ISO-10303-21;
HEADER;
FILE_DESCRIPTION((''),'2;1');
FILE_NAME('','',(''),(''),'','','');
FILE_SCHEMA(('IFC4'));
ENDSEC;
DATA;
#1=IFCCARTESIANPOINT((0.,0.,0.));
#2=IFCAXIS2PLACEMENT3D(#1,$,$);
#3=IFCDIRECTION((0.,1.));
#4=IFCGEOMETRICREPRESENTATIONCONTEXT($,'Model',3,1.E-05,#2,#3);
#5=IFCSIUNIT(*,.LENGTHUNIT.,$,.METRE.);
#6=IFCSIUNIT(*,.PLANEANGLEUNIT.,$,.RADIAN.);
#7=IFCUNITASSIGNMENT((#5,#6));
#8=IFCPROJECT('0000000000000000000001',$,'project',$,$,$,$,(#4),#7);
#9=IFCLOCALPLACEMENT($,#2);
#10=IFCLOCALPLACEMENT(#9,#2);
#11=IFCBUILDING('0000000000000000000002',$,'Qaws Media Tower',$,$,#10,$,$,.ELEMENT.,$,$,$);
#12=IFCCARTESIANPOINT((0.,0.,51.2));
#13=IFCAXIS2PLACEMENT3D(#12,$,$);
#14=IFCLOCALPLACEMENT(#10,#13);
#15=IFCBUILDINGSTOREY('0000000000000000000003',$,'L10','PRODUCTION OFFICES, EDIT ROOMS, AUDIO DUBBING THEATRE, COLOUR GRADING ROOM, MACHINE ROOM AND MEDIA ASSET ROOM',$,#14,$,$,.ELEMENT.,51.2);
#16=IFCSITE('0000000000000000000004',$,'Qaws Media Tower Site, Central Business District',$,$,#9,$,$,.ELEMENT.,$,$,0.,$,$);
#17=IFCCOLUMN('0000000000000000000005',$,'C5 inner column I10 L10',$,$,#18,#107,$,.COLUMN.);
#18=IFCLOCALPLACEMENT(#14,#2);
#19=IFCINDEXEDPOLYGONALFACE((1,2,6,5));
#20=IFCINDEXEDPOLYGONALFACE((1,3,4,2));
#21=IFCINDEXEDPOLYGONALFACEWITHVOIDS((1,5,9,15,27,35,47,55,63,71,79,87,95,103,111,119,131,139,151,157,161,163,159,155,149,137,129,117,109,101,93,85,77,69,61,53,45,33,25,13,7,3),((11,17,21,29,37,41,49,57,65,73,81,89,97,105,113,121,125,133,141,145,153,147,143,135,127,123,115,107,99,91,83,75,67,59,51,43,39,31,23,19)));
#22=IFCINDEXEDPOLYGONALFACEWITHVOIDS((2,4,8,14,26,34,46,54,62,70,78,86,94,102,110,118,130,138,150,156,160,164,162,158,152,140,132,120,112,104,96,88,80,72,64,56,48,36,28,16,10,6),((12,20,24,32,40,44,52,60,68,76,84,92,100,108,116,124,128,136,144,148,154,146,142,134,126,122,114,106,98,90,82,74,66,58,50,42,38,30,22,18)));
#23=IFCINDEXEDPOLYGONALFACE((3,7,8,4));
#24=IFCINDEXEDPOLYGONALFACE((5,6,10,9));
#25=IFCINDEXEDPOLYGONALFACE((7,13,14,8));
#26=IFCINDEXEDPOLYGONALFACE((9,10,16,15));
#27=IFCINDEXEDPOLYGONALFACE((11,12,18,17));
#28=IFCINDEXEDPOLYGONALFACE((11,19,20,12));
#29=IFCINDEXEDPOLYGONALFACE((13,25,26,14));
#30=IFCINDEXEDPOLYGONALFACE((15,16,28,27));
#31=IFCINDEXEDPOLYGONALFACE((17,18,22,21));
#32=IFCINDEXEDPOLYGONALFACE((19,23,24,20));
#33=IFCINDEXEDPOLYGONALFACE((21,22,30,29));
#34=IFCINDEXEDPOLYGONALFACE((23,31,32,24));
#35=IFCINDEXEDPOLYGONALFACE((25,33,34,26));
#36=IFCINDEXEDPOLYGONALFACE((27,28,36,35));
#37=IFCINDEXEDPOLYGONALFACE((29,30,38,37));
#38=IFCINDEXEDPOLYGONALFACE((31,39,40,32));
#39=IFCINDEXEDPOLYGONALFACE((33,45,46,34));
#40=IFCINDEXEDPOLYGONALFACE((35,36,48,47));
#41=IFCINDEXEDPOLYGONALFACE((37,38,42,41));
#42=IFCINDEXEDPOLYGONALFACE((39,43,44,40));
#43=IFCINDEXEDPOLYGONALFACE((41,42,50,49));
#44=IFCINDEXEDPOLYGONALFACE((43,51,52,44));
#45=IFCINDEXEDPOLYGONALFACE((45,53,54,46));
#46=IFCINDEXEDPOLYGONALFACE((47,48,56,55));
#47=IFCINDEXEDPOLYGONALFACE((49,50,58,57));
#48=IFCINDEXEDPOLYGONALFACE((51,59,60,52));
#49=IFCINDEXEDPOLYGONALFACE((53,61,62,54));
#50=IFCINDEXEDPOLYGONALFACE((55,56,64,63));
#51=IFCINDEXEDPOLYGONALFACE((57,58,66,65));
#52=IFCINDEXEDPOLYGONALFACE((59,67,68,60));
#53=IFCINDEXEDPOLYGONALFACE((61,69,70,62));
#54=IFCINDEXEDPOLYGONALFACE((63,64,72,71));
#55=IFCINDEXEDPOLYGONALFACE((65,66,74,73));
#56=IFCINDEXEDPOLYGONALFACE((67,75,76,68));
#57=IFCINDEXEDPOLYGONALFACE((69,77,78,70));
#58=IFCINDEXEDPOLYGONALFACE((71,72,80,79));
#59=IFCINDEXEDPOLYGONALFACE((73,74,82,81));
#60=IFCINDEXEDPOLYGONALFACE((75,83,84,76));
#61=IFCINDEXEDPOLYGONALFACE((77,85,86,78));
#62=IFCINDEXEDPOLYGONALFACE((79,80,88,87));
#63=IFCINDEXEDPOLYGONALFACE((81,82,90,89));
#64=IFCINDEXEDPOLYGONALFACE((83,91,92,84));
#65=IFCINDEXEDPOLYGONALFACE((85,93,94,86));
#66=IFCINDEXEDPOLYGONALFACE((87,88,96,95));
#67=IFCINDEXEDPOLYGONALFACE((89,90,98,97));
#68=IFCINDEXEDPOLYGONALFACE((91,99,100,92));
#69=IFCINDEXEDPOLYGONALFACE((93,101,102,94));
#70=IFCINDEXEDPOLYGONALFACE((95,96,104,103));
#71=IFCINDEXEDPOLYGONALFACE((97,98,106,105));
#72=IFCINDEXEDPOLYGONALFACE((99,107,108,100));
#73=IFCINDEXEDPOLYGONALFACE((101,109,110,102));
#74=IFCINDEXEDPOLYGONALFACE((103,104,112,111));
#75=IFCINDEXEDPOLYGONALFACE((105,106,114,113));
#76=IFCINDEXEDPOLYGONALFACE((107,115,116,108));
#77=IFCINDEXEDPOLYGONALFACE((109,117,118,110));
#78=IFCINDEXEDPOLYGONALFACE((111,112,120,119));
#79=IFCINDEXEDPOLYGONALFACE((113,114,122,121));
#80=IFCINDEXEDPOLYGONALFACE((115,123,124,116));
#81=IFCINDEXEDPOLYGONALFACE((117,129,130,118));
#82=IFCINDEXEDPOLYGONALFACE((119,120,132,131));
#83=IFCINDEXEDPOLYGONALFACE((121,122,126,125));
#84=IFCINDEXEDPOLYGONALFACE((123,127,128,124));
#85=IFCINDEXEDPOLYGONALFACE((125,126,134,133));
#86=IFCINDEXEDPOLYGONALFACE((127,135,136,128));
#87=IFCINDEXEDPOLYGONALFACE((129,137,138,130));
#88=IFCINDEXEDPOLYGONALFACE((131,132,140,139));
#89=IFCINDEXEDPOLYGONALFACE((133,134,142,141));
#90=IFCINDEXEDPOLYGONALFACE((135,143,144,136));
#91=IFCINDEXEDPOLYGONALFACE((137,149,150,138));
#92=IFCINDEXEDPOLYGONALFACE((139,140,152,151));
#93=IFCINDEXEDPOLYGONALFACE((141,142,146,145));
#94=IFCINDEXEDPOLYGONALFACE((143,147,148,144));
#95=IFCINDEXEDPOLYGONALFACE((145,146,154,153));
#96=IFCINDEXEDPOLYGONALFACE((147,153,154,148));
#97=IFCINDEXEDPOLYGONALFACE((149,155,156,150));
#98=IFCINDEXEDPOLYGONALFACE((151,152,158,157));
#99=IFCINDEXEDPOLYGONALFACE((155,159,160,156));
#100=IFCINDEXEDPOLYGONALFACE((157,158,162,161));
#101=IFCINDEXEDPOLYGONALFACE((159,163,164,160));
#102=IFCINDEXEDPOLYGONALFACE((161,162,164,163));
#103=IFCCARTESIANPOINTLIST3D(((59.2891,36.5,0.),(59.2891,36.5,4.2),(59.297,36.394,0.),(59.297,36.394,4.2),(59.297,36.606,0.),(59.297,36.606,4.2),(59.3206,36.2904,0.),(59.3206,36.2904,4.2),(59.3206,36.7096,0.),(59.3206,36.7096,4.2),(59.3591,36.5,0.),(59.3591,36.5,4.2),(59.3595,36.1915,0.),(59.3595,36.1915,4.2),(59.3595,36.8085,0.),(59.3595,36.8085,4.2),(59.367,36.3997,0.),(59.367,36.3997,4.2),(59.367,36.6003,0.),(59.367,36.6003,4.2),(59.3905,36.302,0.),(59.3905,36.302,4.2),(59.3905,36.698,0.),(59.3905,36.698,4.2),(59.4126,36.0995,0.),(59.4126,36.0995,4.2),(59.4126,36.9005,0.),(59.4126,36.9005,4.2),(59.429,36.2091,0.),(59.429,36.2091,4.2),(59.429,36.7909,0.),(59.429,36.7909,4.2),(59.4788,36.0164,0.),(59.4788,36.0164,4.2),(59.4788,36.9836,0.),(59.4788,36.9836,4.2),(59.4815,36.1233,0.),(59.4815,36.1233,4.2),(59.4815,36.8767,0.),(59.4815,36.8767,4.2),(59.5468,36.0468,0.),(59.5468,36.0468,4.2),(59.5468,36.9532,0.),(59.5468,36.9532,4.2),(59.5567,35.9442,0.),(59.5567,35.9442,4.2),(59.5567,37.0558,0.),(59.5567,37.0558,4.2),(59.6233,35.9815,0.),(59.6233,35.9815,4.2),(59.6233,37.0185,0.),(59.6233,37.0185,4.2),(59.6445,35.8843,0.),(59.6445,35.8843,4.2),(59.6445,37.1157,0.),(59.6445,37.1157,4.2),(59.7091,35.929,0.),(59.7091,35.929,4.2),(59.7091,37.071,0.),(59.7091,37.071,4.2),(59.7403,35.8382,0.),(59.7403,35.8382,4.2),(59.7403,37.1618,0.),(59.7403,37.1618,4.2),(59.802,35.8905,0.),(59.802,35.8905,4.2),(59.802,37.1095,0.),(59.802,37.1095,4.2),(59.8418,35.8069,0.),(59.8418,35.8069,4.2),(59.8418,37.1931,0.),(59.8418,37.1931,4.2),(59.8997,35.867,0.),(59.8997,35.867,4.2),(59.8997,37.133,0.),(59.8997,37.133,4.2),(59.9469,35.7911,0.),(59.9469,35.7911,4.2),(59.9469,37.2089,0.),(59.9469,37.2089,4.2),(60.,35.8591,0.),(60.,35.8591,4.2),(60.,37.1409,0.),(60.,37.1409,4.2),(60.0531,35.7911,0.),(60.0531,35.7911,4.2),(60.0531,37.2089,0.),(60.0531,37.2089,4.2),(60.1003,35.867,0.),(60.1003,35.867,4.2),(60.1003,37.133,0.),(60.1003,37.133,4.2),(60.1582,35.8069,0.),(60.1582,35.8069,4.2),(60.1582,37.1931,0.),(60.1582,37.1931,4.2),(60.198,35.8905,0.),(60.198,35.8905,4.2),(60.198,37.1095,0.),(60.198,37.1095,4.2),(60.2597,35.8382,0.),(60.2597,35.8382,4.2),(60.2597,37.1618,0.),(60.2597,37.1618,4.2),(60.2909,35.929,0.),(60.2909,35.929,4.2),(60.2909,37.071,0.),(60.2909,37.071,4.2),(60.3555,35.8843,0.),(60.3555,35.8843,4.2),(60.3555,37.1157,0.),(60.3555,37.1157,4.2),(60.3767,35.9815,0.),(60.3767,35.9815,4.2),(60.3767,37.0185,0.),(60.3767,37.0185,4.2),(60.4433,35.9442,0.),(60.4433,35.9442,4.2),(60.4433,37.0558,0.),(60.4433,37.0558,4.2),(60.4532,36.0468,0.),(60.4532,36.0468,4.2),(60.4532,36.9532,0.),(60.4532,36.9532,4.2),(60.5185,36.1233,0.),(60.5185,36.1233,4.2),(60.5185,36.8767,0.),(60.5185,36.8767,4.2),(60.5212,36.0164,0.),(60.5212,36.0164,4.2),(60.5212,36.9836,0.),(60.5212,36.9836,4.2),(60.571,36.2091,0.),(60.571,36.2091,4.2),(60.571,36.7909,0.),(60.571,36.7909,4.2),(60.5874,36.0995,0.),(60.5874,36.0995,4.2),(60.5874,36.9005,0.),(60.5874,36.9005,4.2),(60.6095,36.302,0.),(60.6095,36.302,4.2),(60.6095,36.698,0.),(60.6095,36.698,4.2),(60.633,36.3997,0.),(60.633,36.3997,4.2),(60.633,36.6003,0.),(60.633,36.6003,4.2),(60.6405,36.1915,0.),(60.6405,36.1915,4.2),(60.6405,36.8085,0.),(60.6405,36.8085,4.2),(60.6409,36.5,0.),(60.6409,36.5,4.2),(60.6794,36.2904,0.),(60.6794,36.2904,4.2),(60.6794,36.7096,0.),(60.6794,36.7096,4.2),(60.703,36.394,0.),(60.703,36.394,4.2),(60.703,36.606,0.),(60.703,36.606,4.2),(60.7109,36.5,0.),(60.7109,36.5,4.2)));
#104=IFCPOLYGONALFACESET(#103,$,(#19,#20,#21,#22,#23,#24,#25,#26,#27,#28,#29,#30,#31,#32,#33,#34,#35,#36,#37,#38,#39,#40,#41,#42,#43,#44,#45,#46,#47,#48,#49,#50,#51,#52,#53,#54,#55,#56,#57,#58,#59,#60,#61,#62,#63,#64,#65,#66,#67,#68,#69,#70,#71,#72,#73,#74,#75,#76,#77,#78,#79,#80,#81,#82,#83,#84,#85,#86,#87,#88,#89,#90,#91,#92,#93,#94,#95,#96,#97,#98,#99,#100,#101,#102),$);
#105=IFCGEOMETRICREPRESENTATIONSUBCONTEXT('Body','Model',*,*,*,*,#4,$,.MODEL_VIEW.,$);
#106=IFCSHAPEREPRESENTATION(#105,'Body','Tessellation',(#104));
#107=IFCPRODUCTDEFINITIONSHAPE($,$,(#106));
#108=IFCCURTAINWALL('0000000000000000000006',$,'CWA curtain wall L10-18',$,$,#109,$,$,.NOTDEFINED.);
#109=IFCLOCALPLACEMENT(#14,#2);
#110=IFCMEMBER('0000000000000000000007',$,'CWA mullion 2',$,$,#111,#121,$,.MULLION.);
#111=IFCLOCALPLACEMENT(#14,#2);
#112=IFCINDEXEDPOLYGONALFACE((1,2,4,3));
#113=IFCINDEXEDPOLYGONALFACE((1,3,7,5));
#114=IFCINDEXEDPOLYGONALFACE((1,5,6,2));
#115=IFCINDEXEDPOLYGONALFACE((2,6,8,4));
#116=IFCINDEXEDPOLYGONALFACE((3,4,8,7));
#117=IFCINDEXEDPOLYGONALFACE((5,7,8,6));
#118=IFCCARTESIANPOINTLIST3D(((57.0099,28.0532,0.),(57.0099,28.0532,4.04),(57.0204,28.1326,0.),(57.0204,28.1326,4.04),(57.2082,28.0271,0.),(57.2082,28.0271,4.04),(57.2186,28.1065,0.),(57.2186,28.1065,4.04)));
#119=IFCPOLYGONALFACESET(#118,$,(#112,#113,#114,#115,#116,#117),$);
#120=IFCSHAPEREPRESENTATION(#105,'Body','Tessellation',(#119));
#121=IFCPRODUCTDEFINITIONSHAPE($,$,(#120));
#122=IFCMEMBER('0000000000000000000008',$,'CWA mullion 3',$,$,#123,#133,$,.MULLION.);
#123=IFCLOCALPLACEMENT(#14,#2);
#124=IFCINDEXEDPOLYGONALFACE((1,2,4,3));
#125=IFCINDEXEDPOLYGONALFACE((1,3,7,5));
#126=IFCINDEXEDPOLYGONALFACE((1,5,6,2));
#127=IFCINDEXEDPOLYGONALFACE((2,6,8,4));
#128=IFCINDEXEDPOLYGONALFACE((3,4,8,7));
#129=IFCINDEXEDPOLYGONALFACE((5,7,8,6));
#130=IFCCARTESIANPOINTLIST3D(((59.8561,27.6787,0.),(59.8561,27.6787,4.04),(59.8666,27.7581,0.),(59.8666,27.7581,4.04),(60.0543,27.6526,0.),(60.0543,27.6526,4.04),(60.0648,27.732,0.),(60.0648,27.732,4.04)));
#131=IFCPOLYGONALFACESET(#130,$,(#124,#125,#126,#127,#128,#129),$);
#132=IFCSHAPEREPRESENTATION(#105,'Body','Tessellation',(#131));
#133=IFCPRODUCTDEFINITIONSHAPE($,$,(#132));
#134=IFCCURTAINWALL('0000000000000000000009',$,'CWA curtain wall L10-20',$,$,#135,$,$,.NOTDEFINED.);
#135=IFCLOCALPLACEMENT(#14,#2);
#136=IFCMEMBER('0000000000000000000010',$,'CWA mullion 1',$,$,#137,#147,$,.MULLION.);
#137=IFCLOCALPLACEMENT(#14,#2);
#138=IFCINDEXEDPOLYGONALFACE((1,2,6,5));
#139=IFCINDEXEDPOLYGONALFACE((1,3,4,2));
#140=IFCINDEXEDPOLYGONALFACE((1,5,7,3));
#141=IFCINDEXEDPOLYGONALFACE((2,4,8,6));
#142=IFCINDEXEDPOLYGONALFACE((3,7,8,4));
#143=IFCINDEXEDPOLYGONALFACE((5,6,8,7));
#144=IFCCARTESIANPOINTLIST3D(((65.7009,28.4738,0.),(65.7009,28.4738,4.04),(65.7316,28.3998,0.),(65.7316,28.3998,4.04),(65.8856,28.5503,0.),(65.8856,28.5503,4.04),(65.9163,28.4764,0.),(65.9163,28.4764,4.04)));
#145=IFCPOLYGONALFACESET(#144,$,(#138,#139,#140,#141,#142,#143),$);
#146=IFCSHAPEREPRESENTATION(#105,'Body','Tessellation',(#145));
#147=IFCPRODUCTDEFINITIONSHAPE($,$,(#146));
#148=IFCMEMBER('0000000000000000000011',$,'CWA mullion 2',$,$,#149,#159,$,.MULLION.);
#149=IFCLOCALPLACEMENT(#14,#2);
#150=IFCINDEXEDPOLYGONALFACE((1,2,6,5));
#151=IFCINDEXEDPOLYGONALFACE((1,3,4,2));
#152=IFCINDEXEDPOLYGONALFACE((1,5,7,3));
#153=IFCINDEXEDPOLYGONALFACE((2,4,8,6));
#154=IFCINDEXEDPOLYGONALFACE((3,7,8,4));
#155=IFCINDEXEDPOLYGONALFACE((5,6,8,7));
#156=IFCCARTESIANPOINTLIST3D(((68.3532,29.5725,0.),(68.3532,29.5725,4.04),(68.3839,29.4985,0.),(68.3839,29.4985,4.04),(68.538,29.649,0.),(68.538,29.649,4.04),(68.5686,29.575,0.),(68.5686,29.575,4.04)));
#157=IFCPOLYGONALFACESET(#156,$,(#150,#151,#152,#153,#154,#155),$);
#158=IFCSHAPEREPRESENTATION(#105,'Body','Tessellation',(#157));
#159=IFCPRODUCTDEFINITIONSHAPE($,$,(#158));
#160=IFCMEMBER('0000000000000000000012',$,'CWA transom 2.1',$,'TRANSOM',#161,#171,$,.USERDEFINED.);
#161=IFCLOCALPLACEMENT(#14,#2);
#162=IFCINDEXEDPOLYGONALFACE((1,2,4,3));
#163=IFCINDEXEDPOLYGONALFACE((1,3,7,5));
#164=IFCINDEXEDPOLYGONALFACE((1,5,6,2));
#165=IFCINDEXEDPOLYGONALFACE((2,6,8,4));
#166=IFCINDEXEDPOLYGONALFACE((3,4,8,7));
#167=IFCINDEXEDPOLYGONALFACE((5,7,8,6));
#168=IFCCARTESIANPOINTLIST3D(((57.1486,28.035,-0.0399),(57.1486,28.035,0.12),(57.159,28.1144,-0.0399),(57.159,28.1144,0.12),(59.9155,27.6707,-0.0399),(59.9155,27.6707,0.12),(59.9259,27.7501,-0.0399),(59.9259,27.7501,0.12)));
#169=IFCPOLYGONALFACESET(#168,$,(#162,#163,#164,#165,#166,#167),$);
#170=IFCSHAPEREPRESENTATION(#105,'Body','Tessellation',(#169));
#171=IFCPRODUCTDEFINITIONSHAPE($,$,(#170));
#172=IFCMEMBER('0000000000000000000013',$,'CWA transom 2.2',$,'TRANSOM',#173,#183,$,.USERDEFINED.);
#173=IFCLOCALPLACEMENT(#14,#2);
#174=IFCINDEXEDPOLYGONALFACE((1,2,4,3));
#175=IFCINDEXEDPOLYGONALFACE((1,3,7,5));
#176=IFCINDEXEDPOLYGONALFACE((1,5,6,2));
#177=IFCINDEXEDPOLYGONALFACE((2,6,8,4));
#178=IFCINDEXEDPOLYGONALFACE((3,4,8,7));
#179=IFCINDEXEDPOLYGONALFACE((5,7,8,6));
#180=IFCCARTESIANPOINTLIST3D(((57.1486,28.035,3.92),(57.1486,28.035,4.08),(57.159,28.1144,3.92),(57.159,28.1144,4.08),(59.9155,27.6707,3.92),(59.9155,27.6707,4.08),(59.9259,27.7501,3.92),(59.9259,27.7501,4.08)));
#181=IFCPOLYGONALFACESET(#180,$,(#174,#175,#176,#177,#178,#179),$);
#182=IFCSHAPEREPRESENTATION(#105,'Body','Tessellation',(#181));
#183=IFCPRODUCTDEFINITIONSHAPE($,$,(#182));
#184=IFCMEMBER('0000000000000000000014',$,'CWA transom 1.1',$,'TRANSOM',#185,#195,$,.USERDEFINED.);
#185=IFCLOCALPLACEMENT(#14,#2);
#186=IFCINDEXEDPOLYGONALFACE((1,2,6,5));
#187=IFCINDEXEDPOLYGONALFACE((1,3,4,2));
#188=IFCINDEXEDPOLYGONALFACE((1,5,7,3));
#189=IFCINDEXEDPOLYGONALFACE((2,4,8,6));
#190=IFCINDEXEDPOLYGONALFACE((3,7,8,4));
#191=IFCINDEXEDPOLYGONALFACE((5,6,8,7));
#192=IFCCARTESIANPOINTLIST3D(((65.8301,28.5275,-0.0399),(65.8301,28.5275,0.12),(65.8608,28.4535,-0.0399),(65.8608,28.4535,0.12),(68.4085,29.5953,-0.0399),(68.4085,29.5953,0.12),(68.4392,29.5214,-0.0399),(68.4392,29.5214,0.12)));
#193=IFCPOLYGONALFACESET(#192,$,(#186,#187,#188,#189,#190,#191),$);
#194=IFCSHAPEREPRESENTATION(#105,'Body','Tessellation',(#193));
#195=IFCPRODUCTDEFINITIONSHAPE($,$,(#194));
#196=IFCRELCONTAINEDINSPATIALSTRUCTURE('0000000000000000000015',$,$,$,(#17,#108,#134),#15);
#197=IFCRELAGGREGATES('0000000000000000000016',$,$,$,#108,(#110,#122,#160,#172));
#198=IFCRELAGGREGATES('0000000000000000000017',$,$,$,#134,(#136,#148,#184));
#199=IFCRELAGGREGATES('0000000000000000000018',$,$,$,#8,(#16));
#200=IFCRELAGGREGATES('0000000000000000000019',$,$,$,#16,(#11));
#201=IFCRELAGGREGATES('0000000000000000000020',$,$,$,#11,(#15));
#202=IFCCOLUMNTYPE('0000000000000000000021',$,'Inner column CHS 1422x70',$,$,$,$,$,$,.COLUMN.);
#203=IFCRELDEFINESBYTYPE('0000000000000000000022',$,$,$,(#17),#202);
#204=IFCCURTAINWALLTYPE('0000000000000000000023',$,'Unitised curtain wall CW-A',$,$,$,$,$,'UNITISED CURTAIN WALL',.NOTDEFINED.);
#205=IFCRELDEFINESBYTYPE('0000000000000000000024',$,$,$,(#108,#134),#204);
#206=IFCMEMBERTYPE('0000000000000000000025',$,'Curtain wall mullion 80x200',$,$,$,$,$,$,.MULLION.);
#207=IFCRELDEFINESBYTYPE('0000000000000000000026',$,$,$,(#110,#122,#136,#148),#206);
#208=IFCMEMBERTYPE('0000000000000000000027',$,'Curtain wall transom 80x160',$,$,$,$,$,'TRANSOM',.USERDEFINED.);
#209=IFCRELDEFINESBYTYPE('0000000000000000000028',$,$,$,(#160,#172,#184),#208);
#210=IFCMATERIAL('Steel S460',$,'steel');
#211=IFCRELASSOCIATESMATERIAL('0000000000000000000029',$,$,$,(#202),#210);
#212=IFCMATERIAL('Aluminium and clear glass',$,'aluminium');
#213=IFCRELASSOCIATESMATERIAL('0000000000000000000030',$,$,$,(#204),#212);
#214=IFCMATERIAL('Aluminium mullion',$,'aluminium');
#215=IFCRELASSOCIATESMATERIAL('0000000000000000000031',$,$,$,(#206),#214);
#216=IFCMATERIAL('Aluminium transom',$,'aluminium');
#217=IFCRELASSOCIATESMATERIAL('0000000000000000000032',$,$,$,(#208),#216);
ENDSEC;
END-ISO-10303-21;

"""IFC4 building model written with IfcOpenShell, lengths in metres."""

from ifc_helpers import new_model, si_unit, direction, frame, origin, origin_2d, place, context, subcontext, project, spatial, rectangle, hollow_circle, extrude, material, material_profile, profile_set, type_object, element, aggregate, save


model = new_model("IFC4")

# Units and contexts
model_context = context("Model", 3, precision=1e-05, world=origin(), true_north=direction((0.0, 1.0)))
body_context = subcontext(model_context, "Body", "Model", "MODEL_VIEW")
ifc_project = project(units=[si_unit("LENGTHUNIT", "METRE"), si_unit("PLANEANGLEUNIT", "RADIAN")], contexts=[model_context])

# Site, building, storey
site_placement = place(None, origin())
site = spatial("IfcSite", under=ifc_project, at=site_placement, Name="Qaws Media Tower Site, Central Business District", CompositionType="ELEMENT", RefElevation=0.0)
building_placement = place(site_placement, origin())
building = spatial("IfcBuilding", under=site, at=building_placement, Name="Qaws Media Tower", CompositionType="ELEMENT")
storey_placement = place(building_placement, frame((0.0, 0.0, 51.2)))
storey = spatial("IfcBuildingStorey", under=building, at=storey_placement, Name="L10", Description="PRODUCTION OFFICES, EDIT ROOMS, AUDIO DUBBING THEATRE, COLOUR GRADING ROOM, MACHINE ROOM AND MEDIA ASSET ROOM", CompositionType="ELEMENT", Elevation=51.2)

# Column
ifc_material_1 = material(Name="Steel S460", Category="steel")
ifc_material_profile_1 = material_profile(ifc_material_1, hollow_circle(Radius=0.7109, WallThickness=0.0701, at=origin_2d()), Name="CHS 1422x70")
ifc_profile_set_1 = profile_set([ifc_material_profile_1], Name="Steel S460")
column_type = type_object("IfcColumnType", Name="Inner column CHS 1422x70", PredefinedType="COLUMN", material=ifc_profile_set_1)
column_placement = place(storey_placement, frame((60.0, 36.5, 0.0), z_axis=(0.0, 0.0, 1.0), x_axis=(1.0, 0.0, 0.0)))
element("IfcColumn", 1, at=column_placement, inside=storey, type_object=column_type, Name="C5 inner column I10 L10", PredefinedType="COLUMN", context=body_context, shape_type="SweptSolid", body=[
    extrude(hollow_circle(Radius=0.7109, WallThickness=0.0701, at=origin_2d()), origin(), (0.0, 0.0, 1.0), 4.2),
])

# Curtain walls, members
ifc_material_2 = material(Name="Aluminium and clear glass", Category="aluminium")
curtain_wall_type = type_object("IfcCurtainWallType", Name="Unitised curtain wall CW-A", ElementType="UNITISED CURTAIN WALL", PredefinedType="NOTDEFINED", material=ifc_material_2)
curtain_wall_1_placement = place(storey_placement, origin())
curtain_wall_1 = element("IfcCurtainWall", 2, at=curtain_wall_1_placement, inside=storey, type_object=curtain_wall_type, Name="CWA curtain wall L10-18", PredefinedType="NOTDEFINED")
ifc_material_3 = material(Name="Aluminium mullion", Category="aluminium")
ifc_material_profile_2 = material_profile(ifc_material_3, rectangle(XDim=0.0801, YDim=0.2, at=origin_2d()), Name="80x200")
ifc_profile_set_2 = profile_set([ifc_material_profile_2], Name="Aluminium mullion")
member_type_1 = type_object("IfcMemberType", Name="Curtain wall mullion 80x200", PredefinedType="MULLION", material=ifc_profile_set_2)
member_1_placement = place(storey_placement, frame((57.1143, 28.0798, 0.0), z_axis=(0.0, 0.0, 1.0), x_axis=(0.130526, 0.991445, 0.0)))
member_1 = element("IfcMember", 3, at=member_1_placement, type_object=member_type_1, Name="CWA mullion 2", PredefinedType="MULLION", context=body_context, shape_type="SweptSolid", body=[
    extrude(rectangle(XDim=0.0801, YDim=0.2, at=origin_2d()), origin(), (0.0, 0.0, 1.0), 4.04),
])
member_2_placement = place(storey_placement, frame((59.9604, 27.7053, 0.0), z_axis=(0.0, 0.0, 1.0), x_axis=(0.130526, 0.991445, 0.0)))
member_2 = element("IfcMember", 4, at=member_2_placement, type_object=member_type_1, Name="CWA mullion 3", PredefinedType="MULLION", context=body_context, shape_type="SweptSolid", body=[
    extrude(rectangle(XDim=0.0801, YDim=0.2, at=origin_2d()), origin(), (0.0, 0.0, 1.0), 4.04),
])
curtain_wall_2_placement = place(storey_placement, origin())
curtain_wall_2 = element("IfcCurtainWall", 5, at=curtain_wall_2_placement, inside=storey, type_object=curtain_wall_type, Name="CWA curtain wall L10-20", PredefinedType="NOTDEFINED")
member_3_placement = place(storey_placement, frame((65.8086, 28.4751, 0.0), z_axis=(0.0, 0.0, 1.0), x_axis=(-0.382683, 0.92388, 0.0)))
member_3 = element("IfcMember", 6, at=member_3_placement, type_object=member_type_1, Name="CWA mullion 1", PredefinedType="MULLION", context=body_context, shape_type="SweptSolid", body=[
    extrude(rectangle(XDim=0.0801, YDim=0.2, at=origin_2d()), origin(), (0.0, 0.0, 1.0), 4.04),
])
member_4_placement = place(storey_placement, frame((68.4609, 29.5737, 0.0), z_axis=(0.0, 0.0, 1.0), x_axis=(-0.382683, 0.92388, 0.0)))
member_4 = element("IfcMember", 7, at=member_4_placement, type_object=member_type_1, Name="CWA mullion 2", PredefinedType="MULLION", context=body_context, shape_type="SweptSolid", body=[
    extrude(rectangle(XDim=0.0801, YDim=0.2, at=origin_2d()), origin(), (0.0, 0.0, 1.0), 4.04),
])

# Members
ifc_material_4 = material(Name="Aluminium transom", Category="aluminium")
ifc_material_profile_3 = material_profile(ifc_material_4, rectangle(XDim=0.0801, YDim=0.1599, at=origin_2d()), Name="80x160")
ifc_profile_set_3 = profile_set([ifc_material_profile_3], Name="Aluminium transom")
member_type_2 = type_object("IfcMemberType", Name="Curtain wall transom 80x160", ElementType="TRANSOM", PredefinedType="USERDEFINED", material=ifc_profile_set_3)
member_5_placement = place(storey_placement, frame((57.1538, 28.0747, 0.04), z_axis=(0.991445, -0.130525, 0.0), x_axis=(0.130525, 0.991445, 0.0)))
member_5 = element("IfcMember", 8, at=member_5_placement, type_object=member_type_2, Name="CWA transom 2.1", ObjectType="TRANSOM", PredefinedType="USERDEFINED", context=body_context, shape_type="SweptSolid", body=[
    extrude(rectangle(XDim=0.0801, YDim=0.1599, at=origin_2d()), origin(), (0.0, 0.0, 1.0), 2.7908),
])
member_6_placement = place(storey_placement, frame((57.1538, 28.0747, 4.0), z_axis=(0.991445, -0.130525, 0.0), x_axis=(0.130525, 0.991445, 0.0)))
member_6 = element("IfcMember", 9, at=member_6_placement, type_object=member_type_2, Name="CWA transom 2.2", ObjectType="TRANSOM", PredefinedType="USERDEFINED", context=body_context, shape_type="SweptSolid", body=[
    extrude(rectangle(XDim=0.0801, YDim=0.1599, at=origin_2d()), origin(), (0.0, 0.0, 1.0), 2.7908),
])
member_7_placement = place(storey_placement, frame((65.8455, 28.4905, 0.04), z_axis=(0.923895, 0.382645, 0.0), x_axis=(-0.382645, 0.923895, 0.0)))
member_7 = element("IfcMember", 10, at=member_7_placement, type_object=member_type_2, Name="CWA transom 1.1", ObjectType="TRANSOM", PredefinedType="USERDEFINED", context=body_context, shape_type="SweptSolid", body=[
    extrude(rectangle(XDim=0.0801, YDim=0.1599, at=origin_2d()), origin(), (0.0, 0.0, 1.0), 2.7908),
])

aggregate(curtain_wall_1, [member_1, member_2, member_5, member_6])
aggregate(curtain_wall_2, [member_3, member_4, member_7])

save(model, "model.ifc")
